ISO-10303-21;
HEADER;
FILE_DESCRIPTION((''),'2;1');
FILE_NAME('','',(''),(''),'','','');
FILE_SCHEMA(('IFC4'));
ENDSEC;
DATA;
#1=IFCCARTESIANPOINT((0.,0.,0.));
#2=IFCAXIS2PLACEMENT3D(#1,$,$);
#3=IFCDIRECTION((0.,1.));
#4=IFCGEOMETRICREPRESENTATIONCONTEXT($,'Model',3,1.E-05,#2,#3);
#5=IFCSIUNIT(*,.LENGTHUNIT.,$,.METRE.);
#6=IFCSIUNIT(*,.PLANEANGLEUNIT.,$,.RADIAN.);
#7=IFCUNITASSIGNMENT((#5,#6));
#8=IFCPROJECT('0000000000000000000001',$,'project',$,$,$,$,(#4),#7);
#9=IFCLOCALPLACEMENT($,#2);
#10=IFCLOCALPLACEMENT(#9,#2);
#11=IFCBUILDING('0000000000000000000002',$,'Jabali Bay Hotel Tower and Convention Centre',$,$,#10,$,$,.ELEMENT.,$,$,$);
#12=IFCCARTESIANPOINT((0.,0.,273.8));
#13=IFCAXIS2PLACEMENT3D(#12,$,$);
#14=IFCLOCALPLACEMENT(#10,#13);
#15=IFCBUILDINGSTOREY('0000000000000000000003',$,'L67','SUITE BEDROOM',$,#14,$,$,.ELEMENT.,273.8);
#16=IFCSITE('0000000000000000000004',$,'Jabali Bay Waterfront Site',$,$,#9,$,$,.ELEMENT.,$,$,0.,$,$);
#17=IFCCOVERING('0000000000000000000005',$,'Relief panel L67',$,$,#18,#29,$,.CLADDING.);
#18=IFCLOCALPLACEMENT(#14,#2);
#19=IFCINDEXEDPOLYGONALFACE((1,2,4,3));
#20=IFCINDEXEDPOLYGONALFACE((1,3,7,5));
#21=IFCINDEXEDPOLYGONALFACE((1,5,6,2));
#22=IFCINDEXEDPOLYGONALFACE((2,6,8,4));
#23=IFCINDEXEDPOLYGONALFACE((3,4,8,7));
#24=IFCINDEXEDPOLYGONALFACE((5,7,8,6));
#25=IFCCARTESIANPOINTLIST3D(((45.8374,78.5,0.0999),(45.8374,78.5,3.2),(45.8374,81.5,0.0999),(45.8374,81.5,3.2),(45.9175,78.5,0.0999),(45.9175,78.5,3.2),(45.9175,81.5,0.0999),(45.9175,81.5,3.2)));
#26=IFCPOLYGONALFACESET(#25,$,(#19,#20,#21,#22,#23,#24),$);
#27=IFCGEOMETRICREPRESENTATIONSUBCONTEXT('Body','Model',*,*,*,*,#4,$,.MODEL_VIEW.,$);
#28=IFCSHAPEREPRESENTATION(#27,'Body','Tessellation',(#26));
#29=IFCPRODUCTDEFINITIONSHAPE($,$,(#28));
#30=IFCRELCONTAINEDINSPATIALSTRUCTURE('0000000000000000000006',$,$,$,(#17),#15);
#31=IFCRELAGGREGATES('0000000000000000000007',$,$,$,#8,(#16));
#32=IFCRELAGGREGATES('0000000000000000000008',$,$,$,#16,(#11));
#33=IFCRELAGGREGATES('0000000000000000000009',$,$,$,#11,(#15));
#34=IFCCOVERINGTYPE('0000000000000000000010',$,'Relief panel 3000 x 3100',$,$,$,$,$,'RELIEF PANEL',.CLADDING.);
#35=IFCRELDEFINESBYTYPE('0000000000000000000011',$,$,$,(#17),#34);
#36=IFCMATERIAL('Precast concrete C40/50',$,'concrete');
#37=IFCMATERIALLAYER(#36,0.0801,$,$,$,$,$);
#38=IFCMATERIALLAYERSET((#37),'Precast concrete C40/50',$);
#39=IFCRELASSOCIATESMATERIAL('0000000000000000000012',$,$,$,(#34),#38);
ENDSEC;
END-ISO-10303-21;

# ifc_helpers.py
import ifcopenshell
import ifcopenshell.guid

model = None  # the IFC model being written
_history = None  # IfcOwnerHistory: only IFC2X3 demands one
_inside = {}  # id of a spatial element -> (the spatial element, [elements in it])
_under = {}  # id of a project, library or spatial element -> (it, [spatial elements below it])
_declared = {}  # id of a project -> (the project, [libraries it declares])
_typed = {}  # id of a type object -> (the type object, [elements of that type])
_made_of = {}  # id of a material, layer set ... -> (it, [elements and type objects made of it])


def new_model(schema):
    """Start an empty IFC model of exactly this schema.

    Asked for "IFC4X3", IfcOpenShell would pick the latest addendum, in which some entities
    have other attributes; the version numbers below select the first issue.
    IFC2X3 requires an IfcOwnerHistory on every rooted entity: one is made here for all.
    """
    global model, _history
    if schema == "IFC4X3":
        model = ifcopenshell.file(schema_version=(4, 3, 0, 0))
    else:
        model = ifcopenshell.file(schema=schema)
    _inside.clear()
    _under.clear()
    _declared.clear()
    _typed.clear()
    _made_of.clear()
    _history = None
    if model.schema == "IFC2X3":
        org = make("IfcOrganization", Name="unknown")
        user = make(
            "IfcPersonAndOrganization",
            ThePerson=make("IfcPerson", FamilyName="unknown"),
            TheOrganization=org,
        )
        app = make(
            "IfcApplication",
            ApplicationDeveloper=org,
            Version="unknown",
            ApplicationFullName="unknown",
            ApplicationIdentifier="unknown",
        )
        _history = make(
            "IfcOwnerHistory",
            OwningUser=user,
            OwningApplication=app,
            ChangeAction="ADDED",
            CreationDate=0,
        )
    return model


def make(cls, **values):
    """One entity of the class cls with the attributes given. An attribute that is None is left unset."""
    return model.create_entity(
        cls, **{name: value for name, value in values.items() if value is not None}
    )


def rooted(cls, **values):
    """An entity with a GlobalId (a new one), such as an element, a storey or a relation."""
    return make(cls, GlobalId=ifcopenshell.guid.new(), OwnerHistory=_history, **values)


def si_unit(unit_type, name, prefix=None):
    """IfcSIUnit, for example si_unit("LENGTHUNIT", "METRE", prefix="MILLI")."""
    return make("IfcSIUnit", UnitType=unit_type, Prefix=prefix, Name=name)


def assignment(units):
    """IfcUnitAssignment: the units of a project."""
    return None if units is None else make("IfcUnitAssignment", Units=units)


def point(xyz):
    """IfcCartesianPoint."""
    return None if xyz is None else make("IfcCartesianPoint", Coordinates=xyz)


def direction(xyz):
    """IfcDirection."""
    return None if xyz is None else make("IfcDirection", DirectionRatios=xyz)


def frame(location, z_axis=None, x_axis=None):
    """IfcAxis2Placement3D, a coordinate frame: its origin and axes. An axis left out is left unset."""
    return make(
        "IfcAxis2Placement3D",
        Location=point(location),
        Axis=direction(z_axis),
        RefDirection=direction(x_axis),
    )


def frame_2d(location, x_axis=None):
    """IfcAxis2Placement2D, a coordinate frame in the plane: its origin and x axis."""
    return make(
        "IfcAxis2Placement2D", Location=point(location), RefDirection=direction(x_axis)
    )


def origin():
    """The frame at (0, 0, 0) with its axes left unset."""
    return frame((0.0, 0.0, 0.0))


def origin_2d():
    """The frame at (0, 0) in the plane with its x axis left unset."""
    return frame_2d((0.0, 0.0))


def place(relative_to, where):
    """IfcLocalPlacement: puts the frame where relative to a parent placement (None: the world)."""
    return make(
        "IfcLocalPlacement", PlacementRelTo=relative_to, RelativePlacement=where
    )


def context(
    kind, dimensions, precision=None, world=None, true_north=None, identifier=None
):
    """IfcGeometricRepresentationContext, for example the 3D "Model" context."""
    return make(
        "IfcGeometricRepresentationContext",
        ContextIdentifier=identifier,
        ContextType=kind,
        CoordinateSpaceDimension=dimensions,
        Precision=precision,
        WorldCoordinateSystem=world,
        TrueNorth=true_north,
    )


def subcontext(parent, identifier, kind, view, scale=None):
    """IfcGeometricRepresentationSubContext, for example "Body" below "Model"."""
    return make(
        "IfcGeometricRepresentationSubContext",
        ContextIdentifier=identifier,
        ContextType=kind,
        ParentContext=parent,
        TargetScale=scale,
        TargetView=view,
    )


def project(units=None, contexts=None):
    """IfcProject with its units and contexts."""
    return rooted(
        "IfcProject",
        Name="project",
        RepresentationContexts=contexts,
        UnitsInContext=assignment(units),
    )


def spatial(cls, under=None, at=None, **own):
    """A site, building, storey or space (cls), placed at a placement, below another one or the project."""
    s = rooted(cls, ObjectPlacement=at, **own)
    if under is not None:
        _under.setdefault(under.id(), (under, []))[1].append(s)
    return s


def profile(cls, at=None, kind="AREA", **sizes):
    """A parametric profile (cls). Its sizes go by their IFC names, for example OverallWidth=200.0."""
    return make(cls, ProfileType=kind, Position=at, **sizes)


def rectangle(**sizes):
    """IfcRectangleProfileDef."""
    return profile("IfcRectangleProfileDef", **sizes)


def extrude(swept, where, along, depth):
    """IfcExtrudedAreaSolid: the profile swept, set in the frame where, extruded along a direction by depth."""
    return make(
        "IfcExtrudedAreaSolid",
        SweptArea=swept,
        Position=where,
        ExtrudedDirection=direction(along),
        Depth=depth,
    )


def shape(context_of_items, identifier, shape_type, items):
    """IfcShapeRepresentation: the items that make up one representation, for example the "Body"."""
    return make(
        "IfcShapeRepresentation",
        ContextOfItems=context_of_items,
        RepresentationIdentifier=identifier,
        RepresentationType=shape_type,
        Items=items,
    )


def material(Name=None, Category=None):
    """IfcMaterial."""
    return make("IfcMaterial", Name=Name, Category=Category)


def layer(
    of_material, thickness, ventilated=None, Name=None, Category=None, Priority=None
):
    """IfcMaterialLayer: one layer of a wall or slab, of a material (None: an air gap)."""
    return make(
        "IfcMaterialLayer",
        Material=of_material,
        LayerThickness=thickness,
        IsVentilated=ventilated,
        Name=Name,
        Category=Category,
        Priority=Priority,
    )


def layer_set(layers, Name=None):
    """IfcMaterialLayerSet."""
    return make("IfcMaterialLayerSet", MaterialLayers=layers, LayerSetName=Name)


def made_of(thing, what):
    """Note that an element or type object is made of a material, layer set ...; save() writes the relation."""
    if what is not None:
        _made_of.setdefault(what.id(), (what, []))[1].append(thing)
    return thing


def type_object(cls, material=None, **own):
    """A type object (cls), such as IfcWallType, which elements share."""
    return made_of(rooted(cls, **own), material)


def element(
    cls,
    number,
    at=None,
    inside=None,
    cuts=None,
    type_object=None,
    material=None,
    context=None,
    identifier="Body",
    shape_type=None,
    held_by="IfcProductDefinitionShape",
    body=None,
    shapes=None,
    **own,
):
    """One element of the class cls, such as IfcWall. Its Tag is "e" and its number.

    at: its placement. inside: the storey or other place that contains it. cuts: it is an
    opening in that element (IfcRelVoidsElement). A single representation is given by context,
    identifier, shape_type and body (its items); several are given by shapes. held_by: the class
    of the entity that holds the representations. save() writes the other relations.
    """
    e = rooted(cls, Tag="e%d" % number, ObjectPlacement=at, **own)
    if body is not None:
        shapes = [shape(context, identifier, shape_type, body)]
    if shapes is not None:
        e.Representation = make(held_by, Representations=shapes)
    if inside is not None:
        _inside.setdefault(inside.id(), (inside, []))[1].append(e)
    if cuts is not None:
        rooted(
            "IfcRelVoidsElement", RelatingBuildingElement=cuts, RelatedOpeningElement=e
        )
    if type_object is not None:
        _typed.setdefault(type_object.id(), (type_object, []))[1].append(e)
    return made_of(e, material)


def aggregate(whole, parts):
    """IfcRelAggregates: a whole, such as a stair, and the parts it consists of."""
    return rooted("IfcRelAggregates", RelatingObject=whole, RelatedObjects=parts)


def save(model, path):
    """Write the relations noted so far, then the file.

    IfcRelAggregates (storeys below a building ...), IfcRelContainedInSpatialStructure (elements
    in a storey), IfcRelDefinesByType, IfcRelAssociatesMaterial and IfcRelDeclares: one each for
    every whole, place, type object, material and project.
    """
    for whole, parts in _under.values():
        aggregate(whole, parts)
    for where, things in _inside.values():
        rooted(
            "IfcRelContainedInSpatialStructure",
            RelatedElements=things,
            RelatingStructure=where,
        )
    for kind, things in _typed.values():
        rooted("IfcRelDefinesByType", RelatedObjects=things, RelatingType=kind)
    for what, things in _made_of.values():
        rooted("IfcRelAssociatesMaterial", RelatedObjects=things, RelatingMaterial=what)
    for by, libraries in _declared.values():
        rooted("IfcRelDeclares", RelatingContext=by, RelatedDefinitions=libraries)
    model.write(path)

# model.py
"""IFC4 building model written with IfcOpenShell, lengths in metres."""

from ifc_helpers import new_model, si_unit, direction, frame, origin, origin_2d, place, context, subcontext, project, spatial, rectangle, extrude, material, layer, layer_set, type_object, element, save


model = new_model("IFC4")

# Units and contexts
model_context = context("Model", 3, precision=1e-05, world=origin(), true_north=direction((0.0, 1.0)))
body_context = subcontext(model_context, "Body", "Model", "MODEL_VIEW")
ifc_project = project(units=[si_unit("LENGTHUNIT", "METRE"), si_unit("PLANEANGLEUNIT", "RADIAN")], contexts=[model_context])

# Site, building, storey
site_placement = place(None, origin())
site = spatial("IfcSite", under=ifc_project, at=site_placement, Name="Jabali Bay Waterfront Site", CompositionType="ELEMENT", RefElevation=0.0)
building_placement = place(site_placement, origin())
building = spatial("IfcBuilding", under=site, at=building_placement, Name="Jabali Bay Hotel Tower and Convention Centre", CompositionType="ELEMENT")
storey_placement = place(building_placement, frame((0.0, 0.0, 273.8)))
storey = spatial("IfcBuildingStorey", under=building, at=storey_placement, Name="L67", Description="SUITE BEDROOM", CompositionType="ELEMENT", Elevation=273.8)

# Covering
ifc_material_1 = material(Name="Precast concrete C40/50", Category="concrete")
ifc_layer_1 = layer(ifc_material_1, 0.0801)
ifc_layer_set_1 = layer_set([ifc_layer_1], Name="Precast concrete C40/50")
covering_type = type_object("IfcCoveringType", Name="Relief panel 3000 x 3100", ElementType="RELIEF PANEL", PredefinedType="CLADDING", material=ifc_layer_set_1)
covering_placement = place(storey_placement, frame((45.8774, 80.0, 0.0999), z_axis=(0.0, 0.0, 1.0), x_axis=(0.0, 1.0, 0.0)))
element("IfcCovering", 1, at=covering_placement, inside=storey, type_object=covering_type, Name="Relief panel L67", PredefinedType="CLADDING", context=body_context, shape_type="SweptSolid", body=[
    extrude(rectangle(XDim=3.0, YDim=0.0801, at=origin_2d()), origin(), (0.0, 0.0, 1.0), 3.1001),
])

save(model, "model.ifc")
